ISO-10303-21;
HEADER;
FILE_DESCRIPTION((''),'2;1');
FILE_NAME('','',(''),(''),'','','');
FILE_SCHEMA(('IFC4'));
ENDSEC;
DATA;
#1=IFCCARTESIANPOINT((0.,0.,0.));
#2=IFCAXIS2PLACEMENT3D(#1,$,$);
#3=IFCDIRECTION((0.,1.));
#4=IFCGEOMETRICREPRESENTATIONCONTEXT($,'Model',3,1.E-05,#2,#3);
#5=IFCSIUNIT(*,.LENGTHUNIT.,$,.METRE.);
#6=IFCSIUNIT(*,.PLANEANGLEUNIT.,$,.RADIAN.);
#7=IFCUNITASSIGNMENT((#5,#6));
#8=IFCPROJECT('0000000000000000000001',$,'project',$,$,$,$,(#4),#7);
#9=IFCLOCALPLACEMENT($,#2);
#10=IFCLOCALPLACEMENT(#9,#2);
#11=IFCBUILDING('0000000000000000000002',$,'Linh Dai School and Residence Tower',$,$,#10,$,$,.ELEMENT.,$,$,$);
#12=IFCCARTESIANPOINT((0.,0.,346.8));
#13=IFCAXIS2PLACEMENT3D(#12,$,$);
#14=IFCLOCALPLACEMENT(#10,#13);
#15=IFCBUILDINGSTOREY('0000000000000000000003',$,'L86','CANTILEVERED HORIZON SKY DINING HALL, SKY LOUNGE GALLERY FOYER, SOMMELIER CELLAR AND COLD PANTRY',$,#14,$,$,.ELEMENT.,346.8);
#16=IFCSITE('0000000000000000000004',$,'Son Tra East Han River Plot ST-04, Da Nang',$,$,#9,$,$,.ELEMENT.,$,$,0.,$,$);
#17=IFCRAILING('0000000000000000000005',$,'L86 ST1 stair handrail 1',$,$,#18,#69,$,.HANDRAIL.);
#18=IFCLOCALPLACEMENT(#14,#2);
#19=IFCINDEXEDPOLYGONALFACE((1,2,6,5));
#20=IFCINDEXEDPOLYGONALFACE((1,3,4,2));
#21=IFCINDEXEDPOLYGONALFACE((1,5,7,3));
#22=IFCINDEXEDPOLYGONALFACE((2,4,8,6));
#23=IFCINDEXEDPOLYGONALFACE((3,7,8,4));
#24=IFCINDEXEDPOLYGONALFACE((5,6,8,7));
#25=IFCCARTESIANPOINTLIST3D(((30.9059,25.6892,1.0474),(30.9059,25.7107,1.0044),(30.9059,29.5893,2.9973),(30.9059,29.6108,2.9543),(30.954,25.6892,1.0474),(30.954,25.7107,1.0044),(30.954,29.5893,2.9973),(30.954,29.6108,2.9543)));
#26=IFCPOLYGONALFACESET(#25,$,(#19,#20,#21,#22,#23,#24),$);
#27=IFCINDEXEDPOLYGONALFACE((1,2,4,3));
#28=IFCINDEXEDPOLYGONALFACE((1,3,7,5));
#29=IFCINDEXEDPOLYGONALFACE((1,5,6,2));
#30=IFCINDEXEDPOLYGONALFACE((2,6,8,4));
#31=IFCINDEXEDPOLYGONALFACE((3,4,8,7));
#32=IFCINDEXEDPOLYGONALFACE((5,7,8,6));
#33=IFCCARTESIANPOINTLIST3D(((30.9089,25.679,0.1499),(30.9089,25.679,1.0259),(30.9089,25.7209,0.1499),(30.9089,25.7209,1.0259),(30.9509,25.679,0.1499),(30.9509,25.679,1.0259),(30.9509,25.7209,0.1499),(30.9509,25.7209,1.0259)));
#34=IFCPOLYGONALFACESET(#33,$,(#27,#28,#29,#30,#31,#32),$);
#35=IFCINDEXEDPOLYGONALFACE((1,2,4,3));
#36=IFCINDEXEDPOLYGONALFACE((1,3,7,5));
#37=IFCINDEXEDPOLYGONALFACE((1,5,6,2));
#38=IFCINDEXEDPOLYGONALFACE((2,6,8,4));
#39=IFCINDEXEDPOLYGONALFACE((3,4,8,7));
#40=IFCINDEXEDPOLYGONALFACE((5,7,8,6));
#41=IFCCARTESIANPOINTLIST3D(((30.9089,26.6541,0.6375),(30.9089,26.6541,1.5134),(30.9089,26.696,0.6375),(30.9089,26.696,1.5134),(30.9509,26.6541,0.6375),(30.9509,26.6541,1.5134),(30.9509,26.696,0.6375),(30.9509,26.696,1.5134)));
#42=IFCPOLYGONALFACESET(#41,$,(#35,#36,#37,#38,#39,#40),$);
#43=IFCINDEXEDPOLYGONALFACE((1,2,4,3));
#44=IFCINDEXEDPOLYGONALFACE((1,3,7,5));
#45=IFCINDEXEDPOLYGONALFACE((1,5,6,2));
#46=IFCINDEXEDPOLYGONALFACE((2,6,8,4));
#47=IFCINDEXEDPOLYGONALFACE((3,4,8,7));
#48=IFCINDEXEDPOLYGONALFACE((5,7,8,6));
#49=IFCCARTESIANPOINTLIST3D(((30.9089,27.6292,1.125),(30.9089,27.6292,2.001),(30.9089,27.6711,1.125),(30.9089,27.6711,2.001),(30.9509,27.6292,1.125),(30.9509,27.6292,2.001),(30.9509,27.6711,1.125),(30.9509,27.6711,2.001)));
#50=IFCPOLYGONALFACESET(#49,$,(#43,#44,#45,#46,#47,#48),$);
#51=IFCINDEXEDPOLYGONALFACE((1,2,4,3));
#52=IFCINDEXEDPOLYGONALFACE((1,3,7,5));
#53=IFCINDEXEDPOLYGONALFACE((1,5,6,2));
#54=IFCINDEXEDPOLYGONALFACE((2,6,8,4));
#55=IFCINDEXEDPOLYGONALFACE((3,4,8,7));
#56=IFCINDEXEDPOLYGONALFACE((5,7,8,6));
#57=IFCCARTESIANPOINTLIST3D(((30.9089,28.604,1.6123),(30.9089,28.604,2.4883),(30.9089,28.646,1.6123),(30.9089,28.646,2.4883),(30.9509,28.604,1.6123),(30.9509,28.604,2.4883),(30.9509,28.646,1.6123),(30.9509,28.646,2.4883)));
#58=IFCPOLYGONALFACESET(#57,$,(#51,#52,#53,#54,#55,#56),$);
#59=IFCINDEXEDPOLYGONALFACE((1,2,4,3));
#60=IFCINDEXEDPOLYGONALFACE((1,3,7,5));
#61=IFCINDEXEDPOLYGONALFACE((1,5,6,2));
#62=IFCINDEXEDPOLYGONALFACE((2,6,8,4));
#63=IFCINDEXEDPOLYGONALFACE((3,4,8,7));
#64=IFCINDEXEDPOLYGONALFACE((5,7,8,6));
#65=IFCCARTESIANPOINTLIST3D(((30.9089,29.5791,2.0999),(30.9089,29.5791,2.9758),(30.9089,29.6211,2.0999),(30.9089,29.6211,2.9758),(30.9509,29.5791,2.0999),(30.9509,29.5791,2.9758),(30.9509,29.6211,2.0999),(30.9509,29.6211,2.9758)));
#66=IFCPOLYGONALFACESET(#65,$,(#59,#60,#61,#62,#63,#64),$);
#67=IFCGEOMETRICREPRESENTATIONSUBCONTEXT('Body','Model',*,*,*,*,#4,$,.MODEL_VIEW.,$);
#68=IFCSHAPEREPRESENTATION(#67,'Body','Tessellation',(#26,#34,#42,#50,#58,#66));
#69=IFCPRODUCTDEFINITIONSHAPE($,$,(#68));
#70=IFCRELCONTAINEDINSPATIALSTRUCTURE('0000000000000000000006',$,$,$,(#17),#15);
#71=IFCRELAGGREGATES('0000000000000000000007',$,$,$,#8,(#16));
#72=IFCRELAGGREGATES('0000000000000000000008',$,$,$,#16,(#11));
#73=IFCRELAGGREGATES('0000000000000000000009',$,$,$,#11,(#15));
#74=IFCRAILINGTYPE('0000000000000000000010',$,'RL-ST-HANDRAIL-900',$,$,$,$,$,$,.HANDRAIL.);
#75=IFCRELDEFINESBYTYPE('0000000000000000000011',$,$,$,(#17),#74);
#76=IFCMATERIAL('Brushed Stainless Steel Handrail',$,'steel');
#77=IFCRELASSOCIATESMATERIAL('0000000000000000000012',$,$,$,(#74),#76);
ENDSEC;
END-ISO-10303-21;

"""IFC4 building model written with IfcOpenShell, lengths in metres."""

from ifc_helpers import new_model, si_unit, direction, frame, origin, origin_2d, place, context, subcontext, project, spatial, rectangle, extrude, source, transform, mapped, material, type_object, element, save


model = new_model("IFC4")

# Units and contexts
model_context = context("Model", 3, precision=1e-05, world=origin(), true_north=direction((0.0, 1.0)))
body_context = subcontext(model_context, "Body", "Model", "MODEL_VIEW")
ifc_project = project(units=[si_unit("LENGTHUNIT", "METRE"), si_unit("PLANEANGLEUNIT", "RADIAN")], contexts=[model_context])

# Site, building, storey
site_placement = place(None, origin())
site = spatial("IfcSite", under=ifc_project, at=site_placement, Name="Son Tra East Han River Plot ST-04, Da Nang", CompositionType="ELEMENT", RefElevation=0.0)
building_placement = place(site_placement, origin())
building = spatial("IfcBuilding", under=site, at=building_placement, Name="Linh Dai School and Residence Tower", CompositionType="ELEMENT")
storey_placement = place(building_placement, frame((0.0, 0.0, 346.8)))
storey = spatial("IfcBuildingStorey", under=building, at=storey_placement, Name="L86", Description="CANTILEVERED HORIZON SKY DINING HALL, SKY LOUNGE GALLERY FOYER, SOMMELIER CELLAR AND COLD PANTRY", CompositionType="ELEMENT", Elevation=346.8)

# Railing
ifc_material_1 = material(Name="Brushed Stainless Steel Handrail", Category="steel")
railing_type_1 = type_object("IfcRailingType", Name="RL-ST-HANDRAIL-900", PredefinedType="HANDRAIL", material=ifc_material_1)
shared_shape_1 = source(origin(), body_context, "Body", "SweptSolid", [
    extrude(rectangle(XDim=0.0481, YDim=0.0481, at=origin_2d()), frame((0.0, 0.0, 0.876), z_axis=(0.0, 0.894438, 0.447191), x_axis=(-1.0, 0.0, 0.0)), (0.0, 0.0, 1.0), 4.3604),
    extrude(rectangle(XDim=0.042, YDim=0.042, at=origin_2d()), origin(), (0.0, 0.0, 1.0), 0.876),
    extrude(rectangle(XDim=0.042, YDim=0.042, at=origin_2d()), frame((0.0, 0.9751, 0.4875)), (0.0, 0.0, 1.0), 0.876),
    extrude(rectangle(XDim=0.042, YDim=0.042, at=origin_2d()), frame((0.0, 1.9502, 0.9751)), (0.0, 0.0, 1.0), 0.876),
    extrude(rectangle(XDim=0.042, YDim=0.042, at=origin_2d()), frame((0.0, 2.925, 1.4624)), (0.0, 0.0, 1.0), 0.876),
    extrude(rectangle(XDim=0.042, YDim=0.042, at=origin_2d()), frame((0.0, 3.9001, 1.95)), (0.0, 0.0, 1.0), 0.876),
])
railing_1_placement = place(storey_placement, frame((30.9299, 25.7, 0.1499)))
element("IfcRailing", 1, at=railing_1_placement, inside=storey, type_object=railing_type_1, Name="L86 ST1 stair handrail 1", PredefinedType="HANDRAIL", context=body_context, shape_type="MappedRepresentation", body=[
    mapped(shared_shape_1, transform((0.0, 0.0, 0.0), x_axis=(1.0, 0.0, 0.0), y_axis=(0.0, 1.0, 0.0), z_axis=(0.0, 0.0, 1.0), scale=1.0)),
])

save(model, "model.ifc")
